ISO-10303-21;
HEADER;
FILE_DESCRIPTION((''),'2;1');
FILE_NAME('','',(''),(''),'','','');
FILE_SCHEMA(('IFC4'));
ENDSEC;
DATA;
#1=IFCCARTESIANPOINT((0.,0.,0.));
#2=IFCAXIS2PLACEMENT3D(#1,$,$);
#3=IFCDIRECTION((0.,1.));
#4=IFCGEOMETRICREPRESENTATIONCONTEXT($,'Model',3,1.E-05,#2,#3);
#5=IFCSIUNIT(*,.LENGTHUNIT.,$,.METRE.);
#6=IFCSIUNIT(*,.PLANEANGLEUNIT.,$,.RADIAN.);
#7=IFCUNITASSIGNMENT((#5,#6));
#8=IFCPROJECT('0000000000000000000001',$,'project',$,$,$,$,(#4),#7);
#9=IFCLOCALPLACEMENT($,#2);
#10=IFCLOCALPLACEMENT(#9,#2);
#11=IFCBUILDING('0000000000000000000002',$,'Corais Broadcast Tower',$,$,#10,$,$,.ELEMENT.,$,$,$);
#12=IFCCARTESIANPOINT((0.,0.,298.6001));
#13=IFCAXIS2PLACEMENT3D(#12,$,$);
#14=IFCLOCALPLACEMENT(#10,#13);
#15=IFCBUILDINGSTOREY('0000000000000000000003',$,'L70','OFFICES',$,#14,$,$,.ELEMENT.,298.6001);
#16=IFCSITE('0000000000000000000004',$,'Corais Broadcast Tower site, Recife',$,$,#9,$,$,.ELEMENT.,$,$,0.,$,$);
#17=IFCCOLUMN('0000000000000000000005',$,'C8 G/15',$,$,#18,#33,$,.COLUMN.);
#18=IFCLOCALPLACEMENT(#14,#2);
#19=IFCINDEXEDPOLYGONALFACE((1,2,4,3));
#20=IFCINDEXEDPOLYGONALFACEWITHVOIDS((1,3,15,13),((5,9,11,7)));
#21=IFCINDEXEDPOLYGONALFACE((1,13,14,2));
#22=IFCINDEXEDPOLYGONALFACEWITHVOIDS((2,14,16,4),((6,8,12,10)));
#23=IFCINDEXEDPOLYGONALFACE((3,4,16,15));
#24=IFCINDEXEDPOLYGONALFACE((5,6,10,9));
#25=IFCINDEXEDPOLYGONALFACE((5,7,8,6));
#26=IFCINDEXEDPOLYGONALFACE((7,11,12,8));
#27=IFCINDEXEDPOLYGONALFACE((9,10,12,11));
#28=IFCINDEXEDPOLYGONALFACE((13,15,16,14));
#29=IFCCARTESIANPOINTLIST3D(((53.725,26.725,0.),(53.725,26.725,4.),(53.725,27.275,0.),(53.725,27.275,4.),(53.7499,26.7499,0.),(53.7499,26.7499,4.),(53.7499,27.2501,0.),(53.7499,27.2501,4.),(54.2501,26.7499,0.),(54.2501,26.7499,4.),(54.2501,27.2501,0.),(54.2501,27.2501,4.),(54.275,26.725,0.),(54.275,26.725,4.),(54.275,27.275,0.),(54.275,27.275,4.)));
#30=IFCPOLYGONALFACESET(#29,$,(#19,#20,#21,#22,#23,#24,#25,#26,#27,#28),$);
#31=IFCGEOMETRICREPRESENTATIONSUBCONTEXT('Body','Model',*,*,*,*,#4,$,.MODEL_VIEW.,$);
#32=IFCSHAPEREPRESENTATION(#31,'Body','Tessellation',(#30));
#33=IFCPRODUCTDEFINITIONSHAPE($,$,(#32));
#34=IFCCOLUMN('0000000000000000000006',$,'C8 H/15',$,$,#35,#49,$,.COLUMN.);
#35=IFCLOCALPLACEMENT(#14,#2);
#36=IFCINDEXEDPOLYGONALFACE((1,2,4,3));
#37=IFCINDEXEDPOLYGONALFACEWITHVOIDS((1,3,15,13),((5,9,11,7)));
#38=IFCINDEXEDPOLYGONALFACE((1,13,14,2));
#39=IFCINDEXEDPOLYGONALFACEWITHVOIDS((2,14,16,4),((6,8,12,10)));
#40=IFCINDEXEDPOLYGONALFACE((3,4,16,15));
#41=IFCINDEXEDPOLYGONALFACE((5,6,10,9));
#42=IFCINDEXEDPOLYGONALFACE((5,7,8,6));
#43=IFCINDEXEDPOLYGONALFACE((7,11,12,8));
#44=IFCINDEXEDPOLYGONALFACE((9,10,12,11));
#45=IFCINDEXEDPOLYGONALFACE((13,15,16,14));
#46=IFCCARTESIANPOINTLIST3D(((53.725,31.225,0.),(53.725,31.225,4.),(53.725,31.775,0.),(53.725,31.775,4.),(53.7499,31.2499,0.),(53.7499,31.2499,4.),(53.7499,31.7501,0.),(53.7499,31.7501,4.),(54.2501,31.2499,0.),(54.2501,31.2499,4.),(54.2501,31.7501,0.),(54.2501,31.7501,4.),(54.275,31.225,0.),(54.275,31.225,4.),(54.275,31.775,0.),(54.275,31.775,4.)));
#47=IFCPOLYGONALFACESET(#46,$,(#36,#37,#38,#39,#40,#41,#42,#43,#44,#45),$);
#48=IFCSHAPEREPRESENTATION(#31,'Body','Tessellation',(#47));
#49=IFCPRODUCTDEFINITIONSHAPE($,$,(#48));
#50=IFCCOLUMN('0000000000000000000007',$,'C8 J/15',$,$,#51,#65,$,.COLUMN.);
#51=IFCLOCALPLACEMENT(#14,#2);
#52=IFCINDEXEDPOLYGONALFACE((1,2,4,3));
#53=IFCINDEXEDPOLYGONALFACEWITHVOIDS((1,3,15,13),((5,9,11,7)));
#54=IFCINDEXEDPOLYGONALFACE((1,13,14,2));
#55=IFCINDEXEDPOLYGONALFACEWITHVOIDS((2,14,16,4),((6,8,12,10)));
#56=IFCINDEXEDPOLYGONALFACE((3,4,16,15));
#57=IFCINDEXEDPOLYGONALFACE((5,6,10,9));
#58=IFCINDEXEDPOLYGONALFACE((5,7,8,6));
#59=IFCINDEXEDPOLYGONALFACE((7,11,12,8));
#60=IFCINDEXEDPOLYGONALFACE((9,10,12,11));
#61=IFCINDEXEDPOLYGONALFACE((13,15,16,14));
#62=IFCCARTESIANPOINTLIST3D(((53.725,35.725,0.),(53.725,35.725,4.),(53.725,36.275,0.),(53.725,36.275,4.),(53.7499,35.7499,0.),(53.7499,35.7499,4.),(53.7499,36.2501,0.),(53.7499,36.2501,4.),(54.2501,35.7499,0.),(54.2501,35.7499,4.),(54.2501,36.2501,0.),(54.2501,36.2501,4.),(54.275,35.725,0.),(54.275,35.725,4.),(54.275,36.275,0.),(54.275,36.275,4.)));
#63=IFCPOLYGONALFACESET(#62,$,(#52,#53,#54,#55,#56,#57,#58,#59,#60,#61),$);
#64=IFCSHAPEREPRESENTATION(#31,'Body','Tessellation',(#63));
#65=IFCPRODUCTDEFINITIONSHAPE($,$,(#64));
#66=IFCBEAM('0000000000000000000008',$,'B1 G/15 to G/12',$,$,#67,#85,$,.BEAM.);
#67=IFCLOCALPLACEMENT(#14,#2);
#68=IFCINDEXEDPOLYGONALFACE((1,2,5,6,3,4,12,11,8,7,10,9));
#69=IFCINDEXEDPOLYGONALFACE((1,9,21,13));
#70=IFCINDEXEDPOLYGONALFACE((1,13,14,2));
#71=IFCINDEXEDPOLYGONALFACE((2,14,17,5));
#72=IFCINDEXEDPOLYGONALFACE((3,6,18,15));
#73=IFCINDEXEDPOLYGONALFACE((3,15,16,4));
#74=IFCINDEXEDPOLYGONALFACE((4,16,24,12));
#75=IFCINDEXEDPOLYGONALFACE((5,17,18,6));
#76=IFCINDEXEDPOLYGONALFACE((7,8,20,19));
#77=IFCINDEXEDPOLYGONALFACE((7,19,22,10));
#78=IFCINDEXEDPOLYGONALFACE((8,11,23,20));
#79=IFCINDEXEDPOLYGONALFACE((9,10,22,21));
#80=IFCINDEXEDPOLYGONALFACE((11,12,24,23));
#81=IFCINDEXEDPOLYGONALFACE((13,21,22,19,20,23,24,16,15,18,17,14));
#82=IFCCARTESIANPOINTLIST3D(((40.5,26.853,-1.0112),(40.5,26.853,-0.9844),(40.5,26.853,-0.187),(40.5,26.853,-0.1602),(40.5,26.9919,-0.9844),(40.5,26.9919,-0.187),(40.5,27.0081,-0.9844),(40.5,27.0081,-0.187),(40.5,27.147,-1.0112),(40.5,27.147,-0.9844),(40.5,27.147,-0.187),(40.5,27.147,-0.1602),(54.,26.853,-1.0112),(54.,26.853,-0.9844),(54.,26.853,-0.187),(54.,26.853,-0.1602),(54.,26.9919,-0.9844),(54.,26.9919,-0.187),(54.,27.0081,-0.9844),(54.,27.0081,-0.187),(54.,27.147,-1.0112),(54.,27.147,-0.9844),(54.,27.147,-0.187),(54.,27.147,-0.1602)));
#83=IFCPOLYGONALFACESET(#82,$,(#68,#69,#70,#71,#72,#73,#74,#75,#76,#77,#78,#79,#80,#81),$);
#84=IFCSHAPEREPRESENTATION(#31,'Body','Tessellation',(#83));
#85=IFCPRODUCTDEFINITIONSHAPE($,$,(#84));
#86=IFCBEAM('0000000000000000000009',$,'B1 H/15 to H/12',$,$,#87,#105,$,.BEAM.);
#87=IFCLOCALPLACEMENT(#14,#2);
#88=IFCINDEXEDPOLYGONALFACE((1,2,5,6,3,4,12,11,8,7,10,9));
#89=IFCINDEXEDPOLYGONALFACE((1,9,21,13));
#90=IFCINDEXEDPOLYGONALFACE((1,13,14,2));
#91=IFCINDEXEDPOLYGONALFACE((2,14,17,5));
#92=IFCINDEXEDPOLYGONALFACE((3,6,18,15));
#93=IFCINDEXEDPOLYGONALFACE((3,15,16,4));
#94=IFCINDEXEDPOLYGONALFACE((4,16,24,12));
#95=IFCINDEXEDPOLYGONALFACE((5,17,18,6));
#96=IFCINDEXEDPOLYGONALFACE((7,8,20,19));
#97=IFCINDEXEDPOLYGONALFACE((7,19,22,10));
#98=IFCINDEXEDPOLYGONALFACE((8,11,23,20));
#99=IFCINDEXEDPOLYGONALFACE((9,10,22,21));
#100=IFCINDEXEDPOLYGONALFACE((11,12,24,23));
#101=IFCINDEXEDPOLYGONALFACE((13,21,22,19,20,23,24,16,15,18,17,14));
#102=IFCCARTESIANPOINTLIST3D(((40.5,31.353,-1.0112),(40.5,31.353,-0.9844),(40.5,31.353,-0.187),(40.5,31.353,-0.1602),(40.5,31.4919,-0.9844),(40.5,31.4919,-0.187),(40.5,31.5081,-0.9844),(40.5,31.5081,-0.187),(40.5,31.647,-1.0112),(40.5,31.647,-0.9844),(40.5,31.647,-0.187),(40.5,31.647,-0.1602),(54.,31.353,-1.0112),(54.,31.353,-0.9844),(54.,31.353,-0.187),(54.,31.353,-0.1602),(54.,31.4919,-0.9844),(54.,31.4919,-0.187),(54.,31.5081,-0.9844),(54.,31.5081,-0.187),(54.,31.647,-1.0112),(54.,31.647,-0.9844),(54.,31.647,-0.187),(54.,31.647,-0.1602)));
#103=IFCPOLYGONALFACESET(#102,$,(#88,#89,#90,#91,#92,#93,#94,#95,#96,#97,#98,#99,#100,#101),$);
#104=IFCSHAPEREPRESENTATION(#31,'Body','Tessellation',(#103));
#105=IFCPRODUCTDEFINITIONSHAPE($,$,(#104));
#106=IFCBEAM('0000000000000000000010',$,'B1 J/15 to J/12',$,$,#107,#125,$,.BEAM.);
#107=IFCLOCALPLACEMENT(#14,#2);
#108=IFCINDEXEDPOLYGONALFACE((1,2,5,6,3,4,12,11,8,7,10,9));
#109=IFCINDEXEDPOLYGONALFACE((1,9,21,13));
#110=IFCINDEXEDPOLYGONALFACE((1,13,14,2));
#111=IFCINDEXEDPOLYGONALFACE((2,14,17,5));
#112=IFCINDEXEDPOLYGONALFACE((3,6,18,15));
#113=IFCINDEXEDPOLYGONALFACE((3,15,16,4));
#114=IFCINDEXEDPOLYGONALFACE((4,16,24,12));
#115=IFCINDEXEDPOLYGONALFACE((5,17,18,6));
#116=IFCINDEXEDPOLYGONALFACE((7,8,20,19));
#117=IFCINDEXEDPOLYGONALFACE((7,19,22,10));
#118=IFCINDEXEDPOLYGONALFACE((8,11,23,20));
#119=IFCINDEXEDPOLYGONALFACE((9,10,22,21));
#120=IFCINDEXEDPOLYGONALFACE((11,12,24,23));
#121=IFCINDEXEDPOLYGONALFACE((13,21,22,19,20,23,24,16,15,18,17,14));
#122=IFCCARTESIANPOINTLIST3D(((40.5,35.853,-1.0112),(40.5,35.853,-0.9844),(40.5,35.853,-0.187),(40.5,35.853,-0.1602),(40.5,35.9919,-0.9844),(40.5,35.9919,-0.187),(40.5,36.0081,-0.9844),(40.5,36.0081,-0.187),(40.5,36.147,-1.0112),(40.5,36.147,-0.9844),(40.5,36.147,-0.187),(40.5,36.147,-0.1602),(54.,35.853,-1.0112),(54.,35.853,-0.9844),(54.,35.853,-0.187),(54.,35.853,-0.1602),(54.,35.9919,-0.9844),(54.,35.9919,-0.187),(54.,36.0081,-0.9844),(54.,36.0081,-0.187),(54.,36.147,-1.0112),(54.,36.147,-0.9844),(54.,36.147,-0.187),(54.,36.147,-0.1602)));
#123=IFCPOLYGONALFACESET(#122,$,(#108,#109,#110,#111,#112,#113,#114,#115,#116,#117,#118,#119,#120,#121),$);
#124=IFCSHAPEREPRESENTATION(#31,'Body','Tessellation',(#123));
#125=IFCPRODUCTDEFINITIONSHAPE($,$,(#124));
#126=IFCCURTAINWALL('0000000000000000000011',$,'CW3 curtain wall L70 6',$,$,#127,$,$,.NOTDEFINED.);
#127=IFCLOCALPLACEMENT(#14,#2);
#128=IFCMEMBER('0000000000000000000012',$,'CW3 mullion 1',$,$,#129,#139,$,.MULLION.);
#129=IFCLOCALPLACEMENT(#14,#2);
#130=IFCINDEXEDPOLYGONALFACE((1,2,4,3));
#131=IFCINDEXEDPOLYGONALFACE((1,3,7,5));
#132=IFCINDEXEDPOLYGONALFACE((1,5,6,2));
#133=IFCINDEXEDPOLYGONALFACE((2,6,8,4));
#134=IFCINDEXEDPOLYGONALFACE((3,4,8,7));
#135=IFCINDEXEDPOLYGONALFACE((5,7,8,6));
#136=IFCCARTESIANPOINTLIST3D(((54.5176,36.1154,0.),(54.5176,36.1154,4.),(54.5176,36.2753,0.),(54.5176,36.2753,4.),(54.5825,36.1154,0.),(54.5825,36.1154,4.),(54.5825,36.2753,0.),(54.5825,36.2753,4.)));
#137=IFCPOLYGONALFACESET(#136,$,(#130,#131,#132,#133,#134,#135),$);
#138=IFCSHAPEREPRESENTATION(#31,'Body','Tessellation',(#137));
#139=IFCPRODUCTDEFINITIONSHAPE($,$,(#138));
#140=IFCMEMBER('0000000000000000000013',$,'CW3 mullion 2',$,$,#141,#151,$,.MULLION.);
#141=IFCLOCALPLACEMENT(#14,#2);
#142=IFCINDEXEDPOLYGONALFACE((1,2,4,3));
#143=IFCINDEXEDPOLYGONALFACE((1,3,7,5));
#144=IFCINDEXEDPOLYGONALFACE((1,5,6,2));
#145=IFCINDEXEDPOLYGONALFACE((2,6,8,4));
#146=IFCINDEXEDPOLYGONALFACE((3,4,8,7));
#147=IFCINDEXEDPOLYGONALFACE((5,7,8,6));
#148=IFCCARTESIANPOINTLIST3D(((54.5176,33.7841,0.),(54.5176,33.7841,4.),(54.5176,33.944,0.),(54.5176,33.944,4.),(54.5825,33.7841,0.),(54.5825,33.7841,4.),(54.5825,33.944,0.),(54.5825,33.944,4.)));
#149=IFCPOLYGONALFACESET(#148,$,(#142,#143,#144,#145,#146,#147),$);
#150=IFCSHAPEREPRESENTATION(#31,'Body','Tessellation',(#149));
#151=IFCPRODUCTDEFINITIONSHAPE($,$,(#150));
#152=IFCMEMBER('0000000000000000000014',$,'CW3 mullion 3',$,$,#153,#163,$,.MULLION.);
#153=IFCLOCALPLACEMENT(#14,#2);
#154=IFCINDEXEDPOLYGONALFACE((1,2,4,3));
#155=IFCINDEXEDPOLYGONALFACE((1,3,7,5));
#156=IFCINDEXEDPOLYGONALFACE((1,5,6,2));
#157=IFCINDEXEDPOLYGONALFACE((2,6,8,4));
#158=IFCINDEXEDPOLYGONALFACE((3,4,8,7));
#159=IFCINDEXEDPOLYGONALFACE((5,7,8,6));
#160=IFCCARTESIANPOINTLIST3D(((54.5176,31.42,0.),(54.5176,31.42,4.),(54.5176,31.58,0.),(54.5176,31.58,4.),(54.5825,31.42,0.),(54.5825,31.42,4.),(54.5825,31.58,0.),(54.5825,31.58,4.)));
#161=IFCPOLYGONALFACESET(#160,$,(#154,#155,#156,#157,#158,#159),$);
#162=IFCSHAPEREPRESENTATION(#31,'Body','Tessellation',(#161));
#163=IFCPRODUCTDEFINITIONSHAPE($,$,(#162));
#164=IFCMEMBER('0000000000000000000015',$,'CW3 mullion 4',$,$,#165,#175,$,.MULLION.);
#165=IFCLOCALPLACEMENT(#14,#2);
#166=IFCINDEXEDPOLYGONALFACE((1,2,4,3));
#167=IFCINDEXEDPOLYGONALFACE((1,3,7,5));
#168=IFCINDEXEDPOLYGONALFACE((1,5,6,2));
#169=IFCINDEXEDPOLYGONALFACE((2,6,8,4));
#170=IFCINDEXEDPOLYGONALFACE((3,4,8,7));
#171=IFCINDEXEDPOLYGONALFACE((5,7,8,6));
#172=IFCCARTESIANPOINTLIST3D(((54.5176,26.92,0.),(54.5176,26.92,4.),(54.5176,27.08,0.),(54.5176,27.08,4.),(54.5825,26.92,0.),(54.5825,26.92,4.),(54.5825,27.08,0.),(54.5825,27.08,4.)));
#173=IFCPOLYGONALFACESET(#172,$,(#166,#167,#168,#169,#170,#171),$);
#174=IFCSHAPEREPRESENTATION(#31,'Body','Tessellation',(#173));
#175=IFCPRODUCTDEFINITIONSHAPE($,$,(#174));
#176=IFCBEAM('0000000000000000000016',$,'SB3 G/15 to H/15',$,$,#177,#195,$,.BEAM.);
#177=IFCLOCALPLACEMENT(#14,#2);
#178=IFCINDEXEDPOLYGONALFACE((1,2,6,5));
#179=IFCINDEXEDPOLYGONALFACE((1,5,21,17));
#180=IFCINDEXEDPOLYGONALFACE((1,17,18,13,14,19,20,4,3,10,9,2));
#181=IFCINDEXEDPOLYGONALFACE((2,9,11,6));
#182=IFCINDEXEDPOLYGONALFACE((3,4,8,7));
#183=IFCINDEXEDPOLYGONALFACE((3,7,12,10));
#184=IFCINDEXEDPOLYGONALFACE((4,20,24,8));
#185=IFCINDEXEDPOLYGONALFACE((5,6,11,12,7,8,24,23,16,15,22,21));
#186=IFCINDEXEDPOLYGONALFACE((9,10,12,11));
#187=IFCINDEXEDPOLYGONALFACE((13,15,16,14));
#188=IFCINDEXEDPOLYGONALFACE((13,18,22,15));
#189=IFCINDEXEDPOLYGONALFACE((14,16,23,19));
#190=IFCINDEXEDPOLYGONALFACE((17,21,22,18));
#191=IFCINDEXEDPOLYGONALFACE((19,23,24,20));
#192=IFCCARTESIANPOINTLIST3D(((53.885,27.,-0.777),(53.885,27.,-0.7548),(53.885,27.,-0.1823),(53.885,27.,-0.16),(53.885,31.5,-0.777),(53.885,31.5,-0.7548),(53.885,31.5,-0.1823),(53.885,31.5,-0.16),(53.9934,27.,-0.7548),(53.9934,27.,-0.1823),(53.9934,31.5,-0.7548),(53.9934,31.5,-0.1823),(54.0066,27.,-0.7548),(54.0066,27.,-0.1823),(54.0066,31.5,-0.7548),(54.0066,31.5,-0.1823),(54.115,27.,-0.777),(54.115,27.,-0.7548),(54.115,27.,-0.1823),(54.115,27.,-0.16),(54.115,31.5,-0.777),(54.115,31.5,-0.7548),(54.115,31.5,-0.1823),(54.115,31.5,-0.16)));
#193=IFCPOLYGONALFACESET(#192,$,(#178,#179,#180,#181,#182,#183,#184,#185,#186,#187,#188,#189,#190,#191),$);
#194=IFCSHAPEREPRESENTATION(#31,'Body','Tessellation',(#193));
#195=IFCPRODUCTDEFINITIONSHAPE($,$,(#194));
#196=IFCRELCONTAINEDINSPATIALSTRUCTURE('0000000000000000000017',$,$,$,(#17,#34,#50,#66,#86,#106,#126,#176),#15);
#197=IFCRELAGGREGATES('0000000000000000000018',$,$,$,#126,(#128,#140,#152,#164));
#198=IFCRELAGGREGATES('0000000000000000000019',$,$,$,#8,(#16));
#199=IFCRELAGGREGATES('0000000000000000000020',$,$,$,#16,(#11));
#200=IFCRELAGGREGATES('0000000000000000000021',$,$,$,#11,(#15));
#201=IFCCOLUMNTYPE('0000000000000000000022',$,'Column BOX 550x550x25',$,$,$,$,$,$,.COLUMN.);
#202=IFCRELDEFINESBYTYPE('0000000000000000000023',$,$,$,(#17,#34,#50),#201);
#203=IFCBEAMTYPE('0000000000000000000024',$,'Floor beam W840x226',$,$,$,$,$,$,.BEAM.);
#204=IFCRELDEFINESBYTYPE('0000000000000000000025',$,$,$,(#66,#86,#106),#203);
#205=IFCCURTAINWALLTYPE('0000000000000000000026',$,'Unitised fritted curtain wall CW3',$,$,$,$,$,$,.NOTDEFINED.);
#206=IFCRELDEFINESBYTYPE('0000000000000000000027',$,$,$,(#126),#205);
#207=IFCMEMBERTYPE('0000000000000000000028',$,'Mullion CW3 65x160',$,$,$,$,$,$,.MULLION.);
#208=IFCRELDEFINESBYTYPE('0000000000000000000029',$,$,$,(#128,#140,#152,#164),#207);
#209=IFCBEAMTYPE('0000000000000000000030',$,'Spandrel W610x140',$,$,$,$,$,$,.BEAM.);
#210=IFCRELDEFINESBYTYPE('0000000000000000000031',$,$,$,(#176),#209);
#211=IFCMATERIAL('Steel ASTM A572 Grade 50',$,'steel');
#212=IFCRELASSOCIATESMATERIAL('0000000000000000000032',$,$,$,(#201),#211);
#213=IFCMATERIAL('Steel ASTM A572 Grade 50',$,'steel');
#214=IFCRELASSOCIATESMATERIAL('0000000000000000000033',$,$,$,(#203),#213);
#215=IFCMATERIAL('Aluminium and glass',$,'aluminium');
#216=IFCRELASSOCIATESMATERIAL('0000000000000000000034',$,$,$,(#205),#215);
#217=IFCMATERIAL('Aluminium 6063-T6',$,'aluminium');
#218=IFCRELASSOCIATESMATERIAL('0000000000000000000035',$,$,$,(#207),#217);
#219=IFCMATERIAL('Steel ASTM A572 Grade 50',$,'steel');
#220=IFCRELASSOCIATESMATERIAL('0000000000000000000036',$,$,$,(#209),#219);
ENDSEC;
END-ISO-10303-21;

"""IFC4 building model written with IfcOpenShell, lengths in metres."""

from ifc_helpers import new_model, si_unit, direction, frame, origin, origin_2d, place, context, subcontext, project, spatial, rectangle, hollow_rectangle, i_section, extrude, material, material_profile, profile_set, type_object, element, aggregate, save


model = new_model("IFC4")

# Units and contexts
model_context = context("Model", 3, precision=1e-05, world=origin(), true_north=direction((0.0, 1.0)))
body_context = subcontext(model_context, "Body", "Model", "MODEL_VIEW")
ifc_project = project(units=[si_unit("LENGTHUNIT", "METRE"), si_unit("PLANEANGLEUNIT", "RADIAN")], contexts=[model_context])

# Site, building, storey
site_placement = place(None, origin())
site = spatial("IfcSite", under=ifc_project, at=site_placement, Name="Corais Broadcast Tower site, Recife", CompositionType="ELEMENT", RefElevation=0.0)
building_placement = place(site_placement, origin())
building = spatial("IfcBuilding", under=site, at=building_placement, Name="Corais Broadcast Tower", CompositionType="ELEMENT")
storey_placement = place(building_placement, frame((0.0, 0.0, 298.6001)))
storey = spatial("IfcBuildingStorey", under=building, at=storey_placement, Name="L70", Description="OFFICES", CompositionType="ELEMENT", Elevation=298.6001)

# Columns
ifc_material_1 = material(Name="Steel ASTM A572 Grade 50", Category="steel")
ifc_material_profile_1 = material_profile(ifc_material_1, hollow_rectangle(XDim=0.55, YDim=0.55, WallThickness=0.0249, at=origin_2d()), Name="BOX 550x550x25")
ifc_profile_set_1 = profile_set([ifc_material_profile_1], Name="Steel ASTM A572 Grade 50")
column_type = type_object("IfcColumnType", Name="Column BOX 550x550x25", PredefinedType="COLUMN", material=ifc_profile_set_1)
for number, where, z_axis, x_axis, name in (
    (1, (54.0, 27.0, 0.0), (0.0, 0.0, 1.0), (1.0, 0.0, 0.0), "C8 G/15"),
    (2, (54.0, 31.5, 0.0), (0.0, 0.0, 1.0), (1.0, 0.0, 0.0), "C8 H/15"),
    (3, (54.0, 36.0, 0.0), (0.0, 0.0, 1.0), (1.0, 0.0, 0.0), "C8 J/15"),
):
    element("IfcColumn", number, at=place(storey_placement, frame(where, z_axis=z_axis, x_axis=x_axis)), inside=storey, type_object=column_type, Name=name, PredefinedType="COLUMN", context=body_context, shape_type="SweptSolid", body=[
        extrude(hollow_rectangle(XDim=0.55, YDim=0.55, WallThickness=0.0249, at=origin_2d()), origin(), (0.0, 0.0, 1.0), 4.0),
    ])

# Beams
ifc_material_2 = material(Name="Steel ASTM A572 Grade 50", Category="steel")
ifc_material_profile_2 = material_profile(ifc_material_2, i_section(OverallWidth=0.2939, OverallDepth=0.8511, WebThickness=0.0161, FlangeThickness=0.0269, at=origin_2d()), Name="W840x226")
ifc_profile_set_2 = profile_set([ifc_material_profile_2], Name="Steel ASTM A572 Grade 50")
beam_type_1 = type_object("IfcBeamType", Name="Floor beam W840x226", PredefinedType="BEAM", material=ifc_profile_set_2)
for number, where, z_axis, x_axis, name in (
    (4, (54.0, 27.0, -0.5857), (-1.0, 0.0, 0.0), (0.0, -1.0, 0.0), "B1 G/15 to G/12"),
    (5, (54.0, 31.5, -0.5857), (-1.0, 0.0, 0.0), (0.0, -1.0, 0.0), "B1 H/15 to H/12"),
    (6, (54.0, 36.0, -0.5857), (-1.0, 0.0, 0.0), (0.0, -1.0, 0.0), "B1 J/15 to J/12"),
):
    element("IfcBeam", number, at=place(storey_placement, frame(where, z_axis=z_axis, x_axis=x_axis)), inside=storey, type_object=beam_type_1, Name=name, PredefinedType="BEAM", context=body_context, shape_type="SweptSolid", body=[
        extrude(i_section(OverallWidth=0.2939, OverallDepth=0.8511, WebThickness=0.0161, FlangeThickness=0.0269, at=origin_2d()), origin(), (0.0, 0.0, 1.0), 13.5),
    ])

# Curtain wall, members
ifc_material_3 = material(Name="Aluminium and glass", Category="aluminium")
curtain_wall_type = type_object("IfcCurtainWallType", Name="Unitised fritted curtain wall CW3", PredefinedType="NOTDEFINED", material=ifc_material_3)
curtain_wall_placement = place(storey_placement, origin())
curtain_wall = element("IfcCurtainWall", 7, at=curtain_wall_placement, inside=storey, type_object=curtain_wall_type, Name="CW3 curtain wall L70 6", PredefinedType="NOTDEFINED")
ifc_material_4 = material(Name="Aluminium 6063-T6", Category="aluminium")
ifc_material_profile_3 = material_profile(ifc_material_4, rectangle(XDim=0.0649, YDim=0.1599, at=origin_2d()), Name="Mullion CW3 65x160")
ifc_profile_set_3 = profile_set([ifc_material_profile_3], Name="Aluminium 6063-T6")
member_type_1 = type_object("IfcMemberType", Name="Mullion CW3 65x160", PredefinedType="MULLION", material=ifc_profile_set_3)
member_1_placement = place(storey_placement, frame((54.55, 36.1953, 0.0), z_axis=(0.0, 0.0, 1.0), x_axis=(1.0, 0.0, 0.0)))
member_1 = element("IfcMember", 8, at=member_1_placement, type_object=member_type_1, Name="CW3 mullion 1", PredefinedType="MULLION", context=body_context, shape_type="SweptSolid", body=[
    extrude(rectangle(XDim=0.0649, YDim=0.1599, at=origin_2d()), origin(), (0.0, 0.0, 1.0), 4.0),
])
member_2_placement = place(storey_placement, frame((54.55, 33.864, 0.0), z_axis=(0.0, 0.0, 1.0), x_axis=(1.0, 0.0, 0.0)))
member_2 = element("IfcMember", 9, at=member_2_placement, type_object=member_type_1, Name="CW3 mullion 2", PredefinedType="MULLION", context=body_context, shape_type="SweptSolid", body=[
    extrude(rectangle(XDim=0.0649, YDim=0.1599, at=origin_2d()), origin(), (0.0, 0.0, 1.0), 4.0),
])
member_3_placement = place(storey_placement, frame((54.55, 31.5, 0.0), z_axis=(0.0, 0.0, 1.0), x_axis=(1.0, 0.0, 0.0)))
member_3 = element("IfcMember", 10, at=member_3_placement, type_object=member_type_1, Name="CW3 mullion 3", PredefinedType="MULLION", context=body_context, shape_type="SweptSolid", body=[
    extrude(rectangle(XDim=0.0649, YDim=0.1599, at=origin_2d()), origin(), (0.0, 0.0, 1.0), 4.0),
])
member_4_placement = place(storey_placement, frame((54.55, 27.0, 0.0), z_axis=(0.0, 0.0, 1.0), x_axis=(1.0, 0.0, 0.0)))
member_4 = element("IfcMember", 11, at=member_4_placement, type_object=member_type_1, Name="CW3 mullion 4", PredefinedType="MULLION", context=body_context, shape_type="SweptSolid", body=[
    extrude(rectangle(XDim=0.0649, YDim=0.1599, at=origin_2d()), origin(), (0.0, 0.0, 1.0), 4.0),
])

# Beam
ifc_material_5 = material(Name="Steel ASTM A572 Grade 50", Category="steel")
ifc_material_profile_4 = material_profile(ifc_material_5, i_section(OverallWidth=0.23, OverallDepth=0.6169, WebThickness=0.0132, FlangeThickness=0.0222, at=origin_2d()), Name="W610x140")
ifc_profile_set_4 = profile_set([ifc_material_profile_4], Name="Steel ASTM A572 Grade 50")
beam_type_2 = type_object("IfcBeamType", Name="Spandrel W610x140", PredefinedType="BEAM", material=ifc_profile_set_4)
for number, where, z_axis, x_axis, name in (
    (12, (54.0, 27.0, -0.4685), (0.0, 1.0, 0.0), (-1.0, 0.0, 0.0), "SB3 G/15 to H/15"),
):
    element("IfcBeam", number, at=place(storey_placement, frame(where, z_axis=z_axis, x_axis=x_axis)), inside=storey, type_object=beam_type_2, Name=name, PredefinedType="BEAM", context=body_context, shape_type="SweptSolid", body=[
        extrude(i_section(OverallWidth=0.23, OverallDepth=0.6169, WebThickness=0.0132, FlangeThickness=0.0222, at=origin_2d()), origin(), (0.0, 0.0, 1.0), 4.5),
    ])

aggregate(curtain_wall, [member_1, member_2, member_3, member_4])

save(model, "model.ifc")
